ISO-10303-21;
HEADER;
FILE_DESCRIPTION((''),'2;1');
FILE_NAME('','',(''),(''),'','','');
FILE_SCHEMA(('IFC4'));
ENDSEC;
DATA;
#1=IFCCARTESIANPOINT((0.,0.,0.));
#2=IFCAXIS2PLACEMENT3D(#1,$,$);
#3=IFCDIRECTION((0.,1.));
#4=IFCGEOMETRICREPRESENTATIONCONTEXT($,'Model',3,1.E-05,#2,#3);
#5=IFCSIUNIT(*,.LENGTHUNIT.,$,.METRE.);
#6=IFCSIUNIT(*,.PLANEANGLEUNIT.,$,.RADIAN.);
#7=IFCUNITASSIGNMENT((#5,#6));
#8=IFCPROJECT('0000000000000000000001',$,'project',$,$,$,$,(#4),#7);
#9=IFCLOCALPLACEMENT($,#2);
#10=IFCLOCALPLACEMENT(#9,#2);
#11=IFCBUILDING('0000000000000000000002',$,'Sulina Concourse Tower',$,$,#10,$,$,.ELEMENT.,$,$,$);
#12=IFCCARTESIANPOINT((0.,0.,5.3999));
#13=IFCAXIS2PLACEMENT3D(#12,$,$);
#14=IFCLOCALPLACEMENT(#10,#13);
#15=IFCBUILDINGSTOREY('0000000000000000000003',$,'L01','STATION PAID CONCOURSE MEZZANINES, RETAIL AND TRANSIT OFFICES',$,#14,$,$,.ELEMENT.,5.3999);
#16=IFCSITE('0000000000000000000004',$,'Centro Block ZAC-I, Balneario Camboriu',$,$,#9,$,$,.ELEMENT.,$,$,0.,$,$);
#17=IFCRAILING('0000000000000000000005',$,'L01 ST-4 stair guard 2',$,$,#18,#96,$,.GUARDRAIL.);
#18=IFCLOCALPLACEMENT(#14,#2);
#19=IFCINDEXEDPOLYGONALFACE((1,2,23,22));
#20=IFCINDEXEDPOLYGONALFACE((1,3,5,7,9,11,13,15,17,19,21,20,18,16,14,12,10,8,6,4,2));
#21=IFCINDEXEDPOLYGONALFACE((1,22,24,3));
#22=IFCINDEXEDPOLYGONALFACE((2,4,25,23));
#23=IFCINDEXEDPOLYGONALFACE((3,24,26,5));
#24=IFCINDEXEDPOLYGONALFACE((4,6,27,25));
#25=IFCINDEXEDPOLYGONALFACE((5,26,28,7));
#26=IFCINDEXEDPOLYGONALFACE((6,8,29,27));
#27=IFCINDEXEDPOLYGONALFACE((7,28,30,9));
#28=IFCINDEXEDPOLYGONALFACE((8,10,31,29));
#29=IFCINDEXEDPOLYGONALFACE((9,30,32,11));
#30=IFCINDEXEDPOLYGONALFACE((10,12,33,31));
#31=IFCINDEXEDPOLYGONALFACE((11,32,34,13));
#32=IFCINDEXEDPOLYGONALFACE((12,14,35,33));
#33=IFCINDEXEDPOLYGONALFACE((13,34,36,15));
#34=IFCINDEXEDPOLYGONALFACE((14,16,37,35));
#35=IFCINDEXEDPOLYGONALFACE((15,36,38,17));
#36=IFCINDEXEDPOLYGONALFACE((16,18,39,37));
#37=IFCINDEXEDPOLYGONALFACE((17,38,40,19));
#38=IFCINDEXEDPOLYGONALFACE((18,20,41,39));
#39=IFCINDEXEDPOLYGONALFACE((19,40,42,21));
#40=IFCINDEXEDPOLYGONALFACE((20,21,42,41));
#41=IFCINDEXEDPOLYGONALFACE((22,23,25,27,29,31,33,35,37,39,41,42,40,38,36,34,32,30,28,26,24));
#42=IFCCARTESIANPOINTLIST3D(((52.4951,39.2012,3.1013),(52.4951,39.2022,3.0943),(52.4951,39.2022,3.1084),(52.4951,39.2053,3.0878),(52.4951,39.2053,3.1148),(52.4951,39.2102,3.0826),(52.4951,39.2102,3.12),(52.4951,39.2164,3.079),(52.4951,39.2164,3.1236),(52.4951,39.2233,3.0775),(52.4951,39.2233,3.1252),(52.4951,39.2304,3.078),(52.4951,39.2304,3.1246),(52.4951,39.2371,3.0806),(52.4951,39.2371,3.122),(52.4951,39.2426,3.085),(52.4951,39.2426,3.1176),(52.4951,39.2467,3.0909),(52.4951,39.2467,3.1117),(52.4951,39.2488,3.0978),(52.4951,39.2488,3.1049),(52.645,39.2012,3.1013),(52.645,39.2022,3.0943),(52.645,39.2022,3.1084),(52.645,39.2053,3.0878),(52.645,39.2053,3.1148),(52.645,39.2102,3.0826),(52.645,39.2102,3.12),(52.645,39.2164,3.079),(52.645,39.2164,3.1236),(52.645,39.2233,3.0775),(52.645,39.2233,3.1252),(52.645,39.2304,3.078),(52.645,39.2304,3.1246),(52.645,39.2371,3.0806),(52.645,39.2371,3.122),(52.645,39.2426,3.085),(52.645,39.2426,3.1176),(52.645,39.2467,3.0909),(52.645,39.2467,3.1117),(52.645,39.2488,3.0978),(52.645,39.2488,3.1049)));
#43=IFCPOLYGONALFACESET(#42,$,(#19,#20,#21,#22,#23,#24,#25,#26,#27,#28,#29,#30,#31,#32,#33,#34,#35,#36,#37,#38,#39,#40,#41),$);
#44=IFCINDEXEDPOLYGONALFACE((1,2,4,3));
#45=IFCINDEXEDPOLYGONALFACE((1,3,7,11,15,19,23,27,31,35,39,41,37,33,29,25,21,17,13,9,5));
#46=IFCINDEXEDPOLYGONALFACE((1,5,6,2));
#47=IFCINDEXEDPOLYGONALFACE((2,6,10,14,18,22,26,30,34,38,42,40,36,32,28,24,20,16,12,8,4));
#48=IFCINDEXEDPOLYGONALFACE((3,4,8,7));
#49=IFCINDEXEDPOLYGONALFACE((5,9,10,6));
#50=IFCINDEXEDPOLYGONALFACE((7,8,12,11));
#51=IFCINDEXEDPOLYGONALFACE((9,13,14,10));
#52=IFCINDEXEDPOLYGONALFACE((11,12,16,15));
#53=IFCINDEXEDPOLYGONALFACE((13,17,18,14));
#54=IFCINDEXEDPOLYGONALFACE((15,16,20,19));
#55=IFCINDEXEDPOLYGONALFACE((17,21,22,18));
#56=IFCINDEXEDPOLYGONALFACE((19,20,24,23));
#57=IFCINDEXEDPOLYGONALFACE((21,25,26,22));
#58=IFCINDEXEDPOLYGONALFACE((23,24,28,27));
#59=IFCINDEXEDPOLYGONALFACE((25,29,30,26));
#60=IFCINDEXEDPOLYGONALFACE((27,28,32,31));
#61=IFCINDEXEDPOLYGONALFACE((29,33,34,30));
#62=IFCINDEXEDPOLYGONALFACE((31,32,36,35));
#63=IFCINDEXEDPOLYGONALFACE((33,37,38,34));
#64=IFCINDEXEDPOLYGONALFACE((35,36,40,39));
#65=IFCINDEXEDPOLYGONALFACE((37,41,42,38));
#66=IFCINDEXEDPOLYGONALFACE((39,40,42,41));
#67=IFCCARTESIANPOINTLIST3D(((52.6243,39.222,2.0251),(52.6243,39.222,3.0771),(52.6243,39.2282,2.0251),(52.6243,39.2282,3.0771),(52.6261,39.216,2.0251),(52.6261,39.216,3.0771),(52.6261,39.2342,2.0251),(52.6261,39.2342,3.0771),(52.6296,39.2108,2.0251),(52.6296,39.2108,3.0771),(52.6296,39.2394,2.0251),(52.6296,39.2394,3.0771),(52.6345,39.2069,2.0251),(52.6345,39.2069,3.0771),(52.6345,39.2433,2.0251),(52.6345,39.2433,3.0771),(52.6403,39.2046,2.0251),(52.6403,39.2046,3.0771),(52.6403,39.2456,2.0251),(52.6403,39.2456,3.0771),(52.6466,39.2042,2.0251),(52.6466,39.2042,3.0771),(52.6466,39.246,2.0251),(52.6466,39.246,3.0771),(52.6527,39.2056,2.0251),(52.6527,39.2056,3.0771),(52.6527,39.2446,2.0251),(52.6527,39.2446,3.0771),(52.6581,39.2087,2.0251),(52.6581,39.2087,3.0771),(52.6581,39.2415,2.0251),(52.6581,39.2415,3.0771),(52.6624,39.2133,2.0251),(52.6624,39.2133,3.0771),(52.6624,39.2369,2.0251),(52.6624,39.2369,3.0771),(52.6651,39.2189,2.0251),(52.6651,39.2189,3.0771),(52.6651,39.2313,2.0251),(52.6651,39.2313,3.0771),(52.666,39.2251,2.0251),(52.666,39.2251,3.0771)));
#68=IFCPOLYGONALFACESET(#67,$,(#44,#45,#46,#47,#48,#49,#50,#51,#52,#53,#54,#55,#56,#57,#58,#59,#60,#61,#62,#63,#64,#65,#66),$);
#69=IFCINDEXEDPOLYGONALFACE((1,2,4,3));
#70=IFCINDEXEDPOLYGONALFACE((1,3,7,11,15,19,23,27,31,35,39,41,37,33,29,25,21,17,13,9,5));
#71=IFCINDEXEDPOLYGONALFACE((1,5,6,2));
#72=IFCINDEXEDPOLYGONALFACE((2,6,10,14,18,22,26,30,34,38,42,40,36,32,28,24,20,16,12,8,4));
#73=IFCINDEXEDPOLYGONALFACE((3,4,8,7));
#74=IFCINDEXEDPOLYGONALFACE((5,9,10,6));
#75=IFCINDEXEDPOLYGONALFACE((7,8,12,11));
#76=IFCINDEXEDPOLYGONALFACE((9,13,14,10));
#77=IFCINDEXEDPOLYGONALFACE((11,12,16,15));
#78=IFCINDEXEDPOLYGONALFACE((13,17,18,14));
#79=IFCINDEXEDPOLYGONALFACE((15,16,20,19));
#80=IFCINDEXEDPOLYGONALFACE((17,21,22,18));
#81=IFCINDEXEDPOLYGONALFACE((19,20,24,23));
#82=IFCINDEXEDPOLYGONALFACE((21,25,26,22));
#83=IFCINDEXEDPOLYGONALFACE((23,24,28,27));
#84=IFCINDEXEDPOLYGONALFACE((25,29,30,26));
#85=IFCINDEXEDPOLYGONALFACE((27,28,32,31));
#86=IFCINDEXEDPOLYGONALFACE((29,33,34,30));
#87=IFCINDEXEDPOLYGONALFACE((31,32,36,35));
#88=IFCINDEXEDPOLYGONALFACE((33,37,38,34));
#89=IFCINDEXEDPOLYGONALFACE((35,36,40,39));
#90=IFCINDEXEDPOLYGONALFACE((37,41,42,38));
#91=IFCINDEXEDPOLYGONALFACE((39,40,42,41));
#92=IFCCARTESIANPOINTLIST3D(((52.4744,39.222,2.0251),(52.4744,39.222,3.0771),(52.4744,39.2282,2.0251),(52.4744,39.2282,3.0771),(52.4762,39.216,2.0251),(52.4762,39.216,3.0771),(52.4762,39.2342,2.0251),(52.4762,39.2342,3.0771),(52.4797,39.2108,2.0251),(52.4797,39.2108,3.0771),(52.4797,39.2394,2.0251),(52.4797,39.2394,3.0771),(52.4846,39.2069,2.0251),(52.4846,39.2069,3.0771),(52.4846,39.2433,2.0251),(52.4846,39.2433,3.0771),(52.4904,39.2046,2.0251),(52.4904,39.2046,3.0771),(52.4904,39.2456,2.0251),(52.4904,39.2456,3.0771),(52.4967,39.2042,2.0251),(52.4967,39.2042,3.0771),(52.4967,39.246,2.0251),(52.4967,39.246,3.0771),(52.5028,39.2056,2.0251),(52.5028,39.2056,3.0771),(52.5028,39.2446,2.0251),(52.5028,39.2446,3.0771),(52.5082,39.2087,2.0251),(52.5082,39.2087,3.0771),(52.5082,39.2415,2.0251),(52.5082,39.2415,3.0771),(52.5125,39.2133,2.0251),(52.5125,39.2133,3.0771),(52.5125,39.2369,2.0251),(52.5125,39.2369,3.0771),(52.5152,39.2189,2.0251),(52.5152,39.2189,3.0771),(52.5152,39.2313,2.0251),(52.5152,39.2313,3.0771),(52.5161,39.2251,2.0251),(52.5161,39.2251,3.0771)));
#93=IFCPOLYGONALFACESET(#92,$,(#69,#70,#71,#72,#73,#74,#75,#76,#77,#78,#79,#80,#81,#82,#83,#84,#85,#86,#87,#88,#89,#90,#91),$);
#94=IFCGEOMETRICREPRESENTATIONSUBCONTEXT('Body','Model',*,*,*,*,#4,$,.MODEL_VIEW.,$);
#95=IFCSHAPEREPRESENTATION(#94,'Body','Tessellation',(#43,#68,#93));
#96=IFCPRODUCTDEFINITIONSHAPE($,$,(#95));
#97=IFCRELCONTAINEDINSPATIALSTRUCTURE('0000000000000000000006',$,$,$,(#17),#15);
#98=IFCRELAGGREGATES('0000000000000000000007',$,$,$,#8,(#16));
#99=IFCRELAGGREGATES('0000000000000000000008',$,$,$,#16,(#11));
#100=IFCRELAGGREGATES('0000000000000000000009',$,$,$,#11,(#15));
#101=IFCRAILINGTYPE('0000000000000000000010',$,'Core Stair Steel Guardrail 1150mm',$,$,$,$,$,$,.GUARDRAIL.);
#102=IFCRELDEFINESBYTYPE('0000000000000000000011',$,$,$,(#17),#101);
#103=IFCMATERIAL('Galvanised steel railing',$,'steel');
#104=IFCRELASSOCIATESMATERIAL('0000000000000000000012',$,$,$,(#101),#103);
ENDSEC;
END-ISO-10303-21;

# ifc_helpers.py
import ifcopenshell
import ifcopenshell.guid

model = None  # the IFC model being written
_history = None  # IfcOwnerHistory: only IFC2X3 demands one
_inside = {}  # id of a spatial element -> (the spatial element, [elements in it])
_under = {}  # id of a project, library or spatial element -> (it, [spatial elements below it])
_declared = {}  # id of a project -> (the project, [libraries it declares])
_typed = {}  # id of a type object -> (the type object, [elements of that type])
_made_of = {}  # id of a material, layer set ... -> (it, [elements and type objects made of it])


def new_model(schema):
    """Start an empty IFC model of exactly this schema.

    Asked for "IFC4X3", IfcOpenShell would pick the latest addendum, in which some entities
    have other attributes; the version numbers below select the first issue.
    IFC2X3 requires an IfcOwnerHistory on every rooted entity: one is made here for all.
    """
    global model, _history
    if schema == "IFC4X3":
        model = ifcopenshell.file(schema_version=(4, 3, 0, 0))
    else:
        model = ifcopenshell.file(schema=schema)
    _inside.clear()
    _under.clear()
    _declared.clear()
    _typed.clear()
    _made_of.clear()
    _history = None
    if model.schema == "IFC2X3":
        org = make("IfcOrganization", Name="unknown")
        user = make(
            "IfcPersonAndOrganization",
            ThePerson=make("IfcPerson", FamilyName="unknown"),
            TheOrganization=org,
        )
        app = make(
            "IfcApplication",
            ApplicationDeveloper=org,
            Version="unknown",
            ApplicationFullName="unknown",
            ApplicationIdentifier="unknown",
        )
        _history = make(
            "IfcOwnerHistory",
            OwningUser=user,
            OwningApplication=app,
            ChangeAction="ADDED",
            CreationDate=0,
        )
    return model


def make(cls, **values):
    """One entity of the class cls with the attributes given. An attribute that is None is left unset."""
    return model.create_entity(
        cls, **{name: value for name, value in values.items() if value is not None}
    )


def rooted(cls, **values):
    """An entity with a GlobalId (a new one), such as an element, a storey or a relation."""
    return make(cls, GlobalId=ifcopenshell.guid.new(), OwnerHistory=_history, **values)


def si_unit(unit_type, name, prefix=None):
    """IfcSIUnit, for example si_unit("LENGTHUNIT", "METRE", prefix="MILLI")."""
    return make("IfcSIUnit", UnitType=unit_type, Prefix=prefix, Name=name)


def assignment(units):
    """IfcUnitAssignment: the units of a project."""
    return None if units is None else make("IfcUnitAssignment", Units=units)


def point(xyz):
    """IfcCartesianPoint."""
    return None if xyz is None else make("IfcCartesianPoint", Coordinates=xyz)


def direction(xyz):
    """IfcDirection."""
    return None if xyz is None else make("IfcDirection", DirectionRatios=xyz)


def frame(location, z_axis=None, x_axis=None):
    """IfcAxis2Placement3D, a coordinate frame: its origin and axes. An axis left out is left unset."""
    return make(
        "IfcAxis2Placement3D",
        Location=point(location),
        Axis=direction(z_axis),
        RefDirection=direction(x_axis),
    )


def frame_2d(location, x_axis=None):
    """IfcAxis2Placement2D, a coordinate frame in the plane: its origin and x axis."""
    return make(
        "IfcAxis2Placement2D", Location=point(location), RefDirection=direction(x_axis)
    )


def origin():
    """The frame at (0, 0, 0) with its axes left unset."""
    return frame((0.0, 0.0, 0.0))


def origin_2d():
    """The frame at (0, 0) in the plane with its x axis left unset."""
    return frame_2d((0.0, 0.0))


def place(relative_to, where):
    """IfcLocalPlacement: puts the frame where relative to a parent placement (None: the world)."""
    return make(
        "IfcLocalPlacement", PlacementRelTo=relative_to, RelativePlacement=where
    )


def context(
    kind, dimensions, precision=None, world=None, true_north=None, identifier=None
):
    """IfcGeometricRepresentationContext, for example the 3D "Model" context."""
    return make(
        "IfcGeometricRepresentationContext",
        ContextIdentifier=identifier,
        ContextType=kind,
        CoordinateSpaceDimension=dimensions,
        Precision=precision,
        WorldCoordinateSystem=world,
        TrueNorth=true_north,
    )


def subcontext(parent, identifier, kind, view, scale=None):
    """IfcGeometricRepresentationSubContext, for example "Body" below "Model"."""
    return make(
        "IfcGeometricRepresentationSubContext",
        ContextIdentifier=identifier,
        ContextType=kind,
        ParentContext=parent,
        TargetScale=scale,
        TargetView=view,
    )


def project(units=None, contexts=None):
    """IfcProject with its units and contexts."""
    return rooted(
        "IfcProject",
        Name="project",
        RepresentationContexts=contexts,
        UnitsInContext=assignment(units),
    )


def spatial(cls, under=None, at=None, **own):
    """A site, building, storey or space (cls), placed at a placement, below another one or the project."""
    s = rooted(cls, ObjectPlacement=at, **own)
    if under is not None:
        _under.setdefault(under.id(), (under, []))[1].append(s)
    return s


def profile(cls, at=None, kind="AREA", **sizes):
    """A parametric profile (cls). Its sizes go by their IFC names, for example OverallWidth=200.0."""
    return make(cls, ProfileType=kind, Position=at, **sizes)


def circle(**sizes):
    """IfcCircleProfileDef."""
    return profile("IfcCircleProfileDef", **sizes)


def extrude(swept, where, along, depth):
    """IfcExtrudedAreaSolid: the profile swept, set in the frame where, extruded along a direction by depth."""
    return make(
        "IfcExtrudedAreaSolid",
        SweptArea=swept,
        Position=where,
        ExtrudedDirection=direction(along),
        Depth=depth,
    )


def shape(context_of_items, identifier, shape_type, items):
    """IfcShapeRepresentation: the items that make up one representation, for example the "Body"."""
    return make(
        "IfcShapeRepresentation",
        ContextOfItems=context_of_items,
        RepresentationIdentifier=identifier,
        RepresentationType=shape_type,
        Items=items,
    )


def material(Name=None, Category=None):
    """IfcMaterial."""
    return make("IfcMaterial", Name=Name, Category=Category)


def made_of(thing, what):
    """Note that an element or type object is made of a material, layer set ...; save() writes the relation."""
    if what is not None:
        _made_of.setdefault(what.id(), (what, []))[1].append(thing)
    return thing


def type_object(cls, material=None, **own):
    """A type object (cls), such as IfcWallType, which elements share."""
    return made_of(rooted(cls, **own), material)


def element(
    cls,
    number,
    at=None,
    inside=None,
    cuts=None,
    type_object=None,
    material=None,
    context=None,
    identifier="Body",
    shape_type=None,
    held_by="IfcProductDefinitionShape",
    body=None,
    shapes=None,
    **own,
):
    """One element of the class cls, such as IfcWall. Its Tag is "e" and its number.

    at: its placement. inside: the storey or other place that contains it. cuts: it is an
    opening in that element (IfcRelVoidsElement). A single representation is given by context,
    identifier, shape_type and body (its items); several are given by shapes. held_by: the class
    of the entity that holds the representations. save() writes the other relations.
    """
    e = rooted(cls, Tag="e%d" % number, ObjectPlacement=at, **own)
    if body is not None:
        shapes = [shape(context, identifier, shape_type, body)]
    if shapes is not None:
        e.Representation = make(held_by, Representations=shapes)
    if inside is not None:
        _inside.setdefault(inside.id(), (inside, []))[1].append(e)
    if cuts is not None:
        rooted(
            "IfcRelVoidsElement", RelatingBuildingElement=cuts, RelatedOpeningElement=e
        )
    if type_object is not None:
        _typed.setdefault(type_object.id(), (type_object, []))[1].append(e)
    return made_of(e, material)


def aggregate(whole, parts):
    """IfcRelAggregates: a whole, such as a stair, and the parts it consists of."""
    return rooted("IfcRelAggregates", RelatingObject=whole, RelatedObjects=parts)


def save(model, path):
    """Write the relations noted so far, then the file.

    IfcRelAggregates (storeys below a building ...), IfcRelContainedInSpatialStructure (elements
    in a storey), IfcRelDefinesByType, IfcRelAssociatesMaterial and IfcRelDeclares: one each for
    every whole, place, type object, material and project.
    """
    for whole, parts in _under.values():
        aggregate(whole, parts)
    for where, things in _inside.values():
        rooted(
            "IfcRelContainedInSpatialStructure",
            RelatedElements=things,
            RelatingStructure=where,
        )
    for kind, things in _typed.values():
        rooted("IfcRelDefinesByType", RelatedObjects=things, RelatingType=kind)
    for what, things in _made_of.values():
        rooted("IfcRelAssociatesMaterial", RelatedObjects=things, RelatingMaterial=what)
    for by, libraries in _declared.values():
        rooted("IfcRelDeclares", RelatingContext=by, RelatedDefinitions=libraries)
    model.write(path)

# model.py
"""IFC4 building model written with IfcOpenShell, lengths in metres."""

from ifc_helpers import new_model, si_unit, direction, frame, origin, origin_2d, place, context, subcontext, project, spatial, circle, extrude, material, type_object, element, save


model = new_model("IFC4")

# Units and contexts
model_context = context("Model", 3, precision=1e-05, world=origin(), true_north=direction((0.0, 1.0)))
body_context = subcontext(model_context, "Body", "Model", "MODEL_VIEW")
ifc_project = project(units=[si_unit("LENGTHUNIT", "METRE"), si_unit("PLANEANGLEUNIT", "RADIAN")], contexts=[model_context])

# Site, building, storey
site_placement = place(None, origin())
site = spatial("IfcSite", under=ifc_project, at=site_placement, Name="Centro Block ZAC-I, Balneario Camboriu", CompositionType="ELEMENT", RefElevation=0.0)
building_placement = place(site_placement, origin())
building = spatial("IfcBuilding", under=site, at=building_placement, Name="Sulina Concourse Tower", CompositionType="ELEMENT")
storey_placement = place(building_placement, frame((0.0, 0.0, 5.3999)))
storey = spatial("IfcBuildingStorey", under=building, at=storey_placement, Name="L01", Description="STATION PAID CONCOURSE MEZZANINES, RETAIL AND TRANSIT OFFICES", CompositionType="ELEMENT", Elevation=5.3999)

# Railing
ifc_material_1 = material(Name="Galvanised steel railing", Category="steel")
railing_type_1 = type_object("IfcRailingType", Name="Core Stair Steel Guardrail 1150mm", PredefinedType="GUARDRAIL", material=ifc_material_1)
railing_1_placement = place(storey_placement, frame((52.645, 39.2251, 2.0251)))
element("IfcRailing", 1, at=railing_1_placement, inside=storey, type_object=railing_type_1, Name="L01 ST-4 stair guard 2", PredefinedType="GUARDRAIL", context=body_context, shape_type="SweptSolid", body=[
    extrude(circle(Radius=0.0239, at=origin_2d()), frame((0.0, 0.0, 1.0762), z_axis=(-1.0, 0.0, 0.0), x_axis=(0.0, -1.0, 0.0)), (0.0, 0.0, 1.0), 0.1499),
    extrude(circle(Radius=0.021, at=origin_2d()), origin(), (0.0, 0.0, 1.0), 1.052),
    extrude(circle(Radius=0.021, at=origin_2d()), frame((-0.1499, 0.0, 0.0)), (0.0, 0.0, 1.0), 1.052),
])

save(model, "model.ifc")
